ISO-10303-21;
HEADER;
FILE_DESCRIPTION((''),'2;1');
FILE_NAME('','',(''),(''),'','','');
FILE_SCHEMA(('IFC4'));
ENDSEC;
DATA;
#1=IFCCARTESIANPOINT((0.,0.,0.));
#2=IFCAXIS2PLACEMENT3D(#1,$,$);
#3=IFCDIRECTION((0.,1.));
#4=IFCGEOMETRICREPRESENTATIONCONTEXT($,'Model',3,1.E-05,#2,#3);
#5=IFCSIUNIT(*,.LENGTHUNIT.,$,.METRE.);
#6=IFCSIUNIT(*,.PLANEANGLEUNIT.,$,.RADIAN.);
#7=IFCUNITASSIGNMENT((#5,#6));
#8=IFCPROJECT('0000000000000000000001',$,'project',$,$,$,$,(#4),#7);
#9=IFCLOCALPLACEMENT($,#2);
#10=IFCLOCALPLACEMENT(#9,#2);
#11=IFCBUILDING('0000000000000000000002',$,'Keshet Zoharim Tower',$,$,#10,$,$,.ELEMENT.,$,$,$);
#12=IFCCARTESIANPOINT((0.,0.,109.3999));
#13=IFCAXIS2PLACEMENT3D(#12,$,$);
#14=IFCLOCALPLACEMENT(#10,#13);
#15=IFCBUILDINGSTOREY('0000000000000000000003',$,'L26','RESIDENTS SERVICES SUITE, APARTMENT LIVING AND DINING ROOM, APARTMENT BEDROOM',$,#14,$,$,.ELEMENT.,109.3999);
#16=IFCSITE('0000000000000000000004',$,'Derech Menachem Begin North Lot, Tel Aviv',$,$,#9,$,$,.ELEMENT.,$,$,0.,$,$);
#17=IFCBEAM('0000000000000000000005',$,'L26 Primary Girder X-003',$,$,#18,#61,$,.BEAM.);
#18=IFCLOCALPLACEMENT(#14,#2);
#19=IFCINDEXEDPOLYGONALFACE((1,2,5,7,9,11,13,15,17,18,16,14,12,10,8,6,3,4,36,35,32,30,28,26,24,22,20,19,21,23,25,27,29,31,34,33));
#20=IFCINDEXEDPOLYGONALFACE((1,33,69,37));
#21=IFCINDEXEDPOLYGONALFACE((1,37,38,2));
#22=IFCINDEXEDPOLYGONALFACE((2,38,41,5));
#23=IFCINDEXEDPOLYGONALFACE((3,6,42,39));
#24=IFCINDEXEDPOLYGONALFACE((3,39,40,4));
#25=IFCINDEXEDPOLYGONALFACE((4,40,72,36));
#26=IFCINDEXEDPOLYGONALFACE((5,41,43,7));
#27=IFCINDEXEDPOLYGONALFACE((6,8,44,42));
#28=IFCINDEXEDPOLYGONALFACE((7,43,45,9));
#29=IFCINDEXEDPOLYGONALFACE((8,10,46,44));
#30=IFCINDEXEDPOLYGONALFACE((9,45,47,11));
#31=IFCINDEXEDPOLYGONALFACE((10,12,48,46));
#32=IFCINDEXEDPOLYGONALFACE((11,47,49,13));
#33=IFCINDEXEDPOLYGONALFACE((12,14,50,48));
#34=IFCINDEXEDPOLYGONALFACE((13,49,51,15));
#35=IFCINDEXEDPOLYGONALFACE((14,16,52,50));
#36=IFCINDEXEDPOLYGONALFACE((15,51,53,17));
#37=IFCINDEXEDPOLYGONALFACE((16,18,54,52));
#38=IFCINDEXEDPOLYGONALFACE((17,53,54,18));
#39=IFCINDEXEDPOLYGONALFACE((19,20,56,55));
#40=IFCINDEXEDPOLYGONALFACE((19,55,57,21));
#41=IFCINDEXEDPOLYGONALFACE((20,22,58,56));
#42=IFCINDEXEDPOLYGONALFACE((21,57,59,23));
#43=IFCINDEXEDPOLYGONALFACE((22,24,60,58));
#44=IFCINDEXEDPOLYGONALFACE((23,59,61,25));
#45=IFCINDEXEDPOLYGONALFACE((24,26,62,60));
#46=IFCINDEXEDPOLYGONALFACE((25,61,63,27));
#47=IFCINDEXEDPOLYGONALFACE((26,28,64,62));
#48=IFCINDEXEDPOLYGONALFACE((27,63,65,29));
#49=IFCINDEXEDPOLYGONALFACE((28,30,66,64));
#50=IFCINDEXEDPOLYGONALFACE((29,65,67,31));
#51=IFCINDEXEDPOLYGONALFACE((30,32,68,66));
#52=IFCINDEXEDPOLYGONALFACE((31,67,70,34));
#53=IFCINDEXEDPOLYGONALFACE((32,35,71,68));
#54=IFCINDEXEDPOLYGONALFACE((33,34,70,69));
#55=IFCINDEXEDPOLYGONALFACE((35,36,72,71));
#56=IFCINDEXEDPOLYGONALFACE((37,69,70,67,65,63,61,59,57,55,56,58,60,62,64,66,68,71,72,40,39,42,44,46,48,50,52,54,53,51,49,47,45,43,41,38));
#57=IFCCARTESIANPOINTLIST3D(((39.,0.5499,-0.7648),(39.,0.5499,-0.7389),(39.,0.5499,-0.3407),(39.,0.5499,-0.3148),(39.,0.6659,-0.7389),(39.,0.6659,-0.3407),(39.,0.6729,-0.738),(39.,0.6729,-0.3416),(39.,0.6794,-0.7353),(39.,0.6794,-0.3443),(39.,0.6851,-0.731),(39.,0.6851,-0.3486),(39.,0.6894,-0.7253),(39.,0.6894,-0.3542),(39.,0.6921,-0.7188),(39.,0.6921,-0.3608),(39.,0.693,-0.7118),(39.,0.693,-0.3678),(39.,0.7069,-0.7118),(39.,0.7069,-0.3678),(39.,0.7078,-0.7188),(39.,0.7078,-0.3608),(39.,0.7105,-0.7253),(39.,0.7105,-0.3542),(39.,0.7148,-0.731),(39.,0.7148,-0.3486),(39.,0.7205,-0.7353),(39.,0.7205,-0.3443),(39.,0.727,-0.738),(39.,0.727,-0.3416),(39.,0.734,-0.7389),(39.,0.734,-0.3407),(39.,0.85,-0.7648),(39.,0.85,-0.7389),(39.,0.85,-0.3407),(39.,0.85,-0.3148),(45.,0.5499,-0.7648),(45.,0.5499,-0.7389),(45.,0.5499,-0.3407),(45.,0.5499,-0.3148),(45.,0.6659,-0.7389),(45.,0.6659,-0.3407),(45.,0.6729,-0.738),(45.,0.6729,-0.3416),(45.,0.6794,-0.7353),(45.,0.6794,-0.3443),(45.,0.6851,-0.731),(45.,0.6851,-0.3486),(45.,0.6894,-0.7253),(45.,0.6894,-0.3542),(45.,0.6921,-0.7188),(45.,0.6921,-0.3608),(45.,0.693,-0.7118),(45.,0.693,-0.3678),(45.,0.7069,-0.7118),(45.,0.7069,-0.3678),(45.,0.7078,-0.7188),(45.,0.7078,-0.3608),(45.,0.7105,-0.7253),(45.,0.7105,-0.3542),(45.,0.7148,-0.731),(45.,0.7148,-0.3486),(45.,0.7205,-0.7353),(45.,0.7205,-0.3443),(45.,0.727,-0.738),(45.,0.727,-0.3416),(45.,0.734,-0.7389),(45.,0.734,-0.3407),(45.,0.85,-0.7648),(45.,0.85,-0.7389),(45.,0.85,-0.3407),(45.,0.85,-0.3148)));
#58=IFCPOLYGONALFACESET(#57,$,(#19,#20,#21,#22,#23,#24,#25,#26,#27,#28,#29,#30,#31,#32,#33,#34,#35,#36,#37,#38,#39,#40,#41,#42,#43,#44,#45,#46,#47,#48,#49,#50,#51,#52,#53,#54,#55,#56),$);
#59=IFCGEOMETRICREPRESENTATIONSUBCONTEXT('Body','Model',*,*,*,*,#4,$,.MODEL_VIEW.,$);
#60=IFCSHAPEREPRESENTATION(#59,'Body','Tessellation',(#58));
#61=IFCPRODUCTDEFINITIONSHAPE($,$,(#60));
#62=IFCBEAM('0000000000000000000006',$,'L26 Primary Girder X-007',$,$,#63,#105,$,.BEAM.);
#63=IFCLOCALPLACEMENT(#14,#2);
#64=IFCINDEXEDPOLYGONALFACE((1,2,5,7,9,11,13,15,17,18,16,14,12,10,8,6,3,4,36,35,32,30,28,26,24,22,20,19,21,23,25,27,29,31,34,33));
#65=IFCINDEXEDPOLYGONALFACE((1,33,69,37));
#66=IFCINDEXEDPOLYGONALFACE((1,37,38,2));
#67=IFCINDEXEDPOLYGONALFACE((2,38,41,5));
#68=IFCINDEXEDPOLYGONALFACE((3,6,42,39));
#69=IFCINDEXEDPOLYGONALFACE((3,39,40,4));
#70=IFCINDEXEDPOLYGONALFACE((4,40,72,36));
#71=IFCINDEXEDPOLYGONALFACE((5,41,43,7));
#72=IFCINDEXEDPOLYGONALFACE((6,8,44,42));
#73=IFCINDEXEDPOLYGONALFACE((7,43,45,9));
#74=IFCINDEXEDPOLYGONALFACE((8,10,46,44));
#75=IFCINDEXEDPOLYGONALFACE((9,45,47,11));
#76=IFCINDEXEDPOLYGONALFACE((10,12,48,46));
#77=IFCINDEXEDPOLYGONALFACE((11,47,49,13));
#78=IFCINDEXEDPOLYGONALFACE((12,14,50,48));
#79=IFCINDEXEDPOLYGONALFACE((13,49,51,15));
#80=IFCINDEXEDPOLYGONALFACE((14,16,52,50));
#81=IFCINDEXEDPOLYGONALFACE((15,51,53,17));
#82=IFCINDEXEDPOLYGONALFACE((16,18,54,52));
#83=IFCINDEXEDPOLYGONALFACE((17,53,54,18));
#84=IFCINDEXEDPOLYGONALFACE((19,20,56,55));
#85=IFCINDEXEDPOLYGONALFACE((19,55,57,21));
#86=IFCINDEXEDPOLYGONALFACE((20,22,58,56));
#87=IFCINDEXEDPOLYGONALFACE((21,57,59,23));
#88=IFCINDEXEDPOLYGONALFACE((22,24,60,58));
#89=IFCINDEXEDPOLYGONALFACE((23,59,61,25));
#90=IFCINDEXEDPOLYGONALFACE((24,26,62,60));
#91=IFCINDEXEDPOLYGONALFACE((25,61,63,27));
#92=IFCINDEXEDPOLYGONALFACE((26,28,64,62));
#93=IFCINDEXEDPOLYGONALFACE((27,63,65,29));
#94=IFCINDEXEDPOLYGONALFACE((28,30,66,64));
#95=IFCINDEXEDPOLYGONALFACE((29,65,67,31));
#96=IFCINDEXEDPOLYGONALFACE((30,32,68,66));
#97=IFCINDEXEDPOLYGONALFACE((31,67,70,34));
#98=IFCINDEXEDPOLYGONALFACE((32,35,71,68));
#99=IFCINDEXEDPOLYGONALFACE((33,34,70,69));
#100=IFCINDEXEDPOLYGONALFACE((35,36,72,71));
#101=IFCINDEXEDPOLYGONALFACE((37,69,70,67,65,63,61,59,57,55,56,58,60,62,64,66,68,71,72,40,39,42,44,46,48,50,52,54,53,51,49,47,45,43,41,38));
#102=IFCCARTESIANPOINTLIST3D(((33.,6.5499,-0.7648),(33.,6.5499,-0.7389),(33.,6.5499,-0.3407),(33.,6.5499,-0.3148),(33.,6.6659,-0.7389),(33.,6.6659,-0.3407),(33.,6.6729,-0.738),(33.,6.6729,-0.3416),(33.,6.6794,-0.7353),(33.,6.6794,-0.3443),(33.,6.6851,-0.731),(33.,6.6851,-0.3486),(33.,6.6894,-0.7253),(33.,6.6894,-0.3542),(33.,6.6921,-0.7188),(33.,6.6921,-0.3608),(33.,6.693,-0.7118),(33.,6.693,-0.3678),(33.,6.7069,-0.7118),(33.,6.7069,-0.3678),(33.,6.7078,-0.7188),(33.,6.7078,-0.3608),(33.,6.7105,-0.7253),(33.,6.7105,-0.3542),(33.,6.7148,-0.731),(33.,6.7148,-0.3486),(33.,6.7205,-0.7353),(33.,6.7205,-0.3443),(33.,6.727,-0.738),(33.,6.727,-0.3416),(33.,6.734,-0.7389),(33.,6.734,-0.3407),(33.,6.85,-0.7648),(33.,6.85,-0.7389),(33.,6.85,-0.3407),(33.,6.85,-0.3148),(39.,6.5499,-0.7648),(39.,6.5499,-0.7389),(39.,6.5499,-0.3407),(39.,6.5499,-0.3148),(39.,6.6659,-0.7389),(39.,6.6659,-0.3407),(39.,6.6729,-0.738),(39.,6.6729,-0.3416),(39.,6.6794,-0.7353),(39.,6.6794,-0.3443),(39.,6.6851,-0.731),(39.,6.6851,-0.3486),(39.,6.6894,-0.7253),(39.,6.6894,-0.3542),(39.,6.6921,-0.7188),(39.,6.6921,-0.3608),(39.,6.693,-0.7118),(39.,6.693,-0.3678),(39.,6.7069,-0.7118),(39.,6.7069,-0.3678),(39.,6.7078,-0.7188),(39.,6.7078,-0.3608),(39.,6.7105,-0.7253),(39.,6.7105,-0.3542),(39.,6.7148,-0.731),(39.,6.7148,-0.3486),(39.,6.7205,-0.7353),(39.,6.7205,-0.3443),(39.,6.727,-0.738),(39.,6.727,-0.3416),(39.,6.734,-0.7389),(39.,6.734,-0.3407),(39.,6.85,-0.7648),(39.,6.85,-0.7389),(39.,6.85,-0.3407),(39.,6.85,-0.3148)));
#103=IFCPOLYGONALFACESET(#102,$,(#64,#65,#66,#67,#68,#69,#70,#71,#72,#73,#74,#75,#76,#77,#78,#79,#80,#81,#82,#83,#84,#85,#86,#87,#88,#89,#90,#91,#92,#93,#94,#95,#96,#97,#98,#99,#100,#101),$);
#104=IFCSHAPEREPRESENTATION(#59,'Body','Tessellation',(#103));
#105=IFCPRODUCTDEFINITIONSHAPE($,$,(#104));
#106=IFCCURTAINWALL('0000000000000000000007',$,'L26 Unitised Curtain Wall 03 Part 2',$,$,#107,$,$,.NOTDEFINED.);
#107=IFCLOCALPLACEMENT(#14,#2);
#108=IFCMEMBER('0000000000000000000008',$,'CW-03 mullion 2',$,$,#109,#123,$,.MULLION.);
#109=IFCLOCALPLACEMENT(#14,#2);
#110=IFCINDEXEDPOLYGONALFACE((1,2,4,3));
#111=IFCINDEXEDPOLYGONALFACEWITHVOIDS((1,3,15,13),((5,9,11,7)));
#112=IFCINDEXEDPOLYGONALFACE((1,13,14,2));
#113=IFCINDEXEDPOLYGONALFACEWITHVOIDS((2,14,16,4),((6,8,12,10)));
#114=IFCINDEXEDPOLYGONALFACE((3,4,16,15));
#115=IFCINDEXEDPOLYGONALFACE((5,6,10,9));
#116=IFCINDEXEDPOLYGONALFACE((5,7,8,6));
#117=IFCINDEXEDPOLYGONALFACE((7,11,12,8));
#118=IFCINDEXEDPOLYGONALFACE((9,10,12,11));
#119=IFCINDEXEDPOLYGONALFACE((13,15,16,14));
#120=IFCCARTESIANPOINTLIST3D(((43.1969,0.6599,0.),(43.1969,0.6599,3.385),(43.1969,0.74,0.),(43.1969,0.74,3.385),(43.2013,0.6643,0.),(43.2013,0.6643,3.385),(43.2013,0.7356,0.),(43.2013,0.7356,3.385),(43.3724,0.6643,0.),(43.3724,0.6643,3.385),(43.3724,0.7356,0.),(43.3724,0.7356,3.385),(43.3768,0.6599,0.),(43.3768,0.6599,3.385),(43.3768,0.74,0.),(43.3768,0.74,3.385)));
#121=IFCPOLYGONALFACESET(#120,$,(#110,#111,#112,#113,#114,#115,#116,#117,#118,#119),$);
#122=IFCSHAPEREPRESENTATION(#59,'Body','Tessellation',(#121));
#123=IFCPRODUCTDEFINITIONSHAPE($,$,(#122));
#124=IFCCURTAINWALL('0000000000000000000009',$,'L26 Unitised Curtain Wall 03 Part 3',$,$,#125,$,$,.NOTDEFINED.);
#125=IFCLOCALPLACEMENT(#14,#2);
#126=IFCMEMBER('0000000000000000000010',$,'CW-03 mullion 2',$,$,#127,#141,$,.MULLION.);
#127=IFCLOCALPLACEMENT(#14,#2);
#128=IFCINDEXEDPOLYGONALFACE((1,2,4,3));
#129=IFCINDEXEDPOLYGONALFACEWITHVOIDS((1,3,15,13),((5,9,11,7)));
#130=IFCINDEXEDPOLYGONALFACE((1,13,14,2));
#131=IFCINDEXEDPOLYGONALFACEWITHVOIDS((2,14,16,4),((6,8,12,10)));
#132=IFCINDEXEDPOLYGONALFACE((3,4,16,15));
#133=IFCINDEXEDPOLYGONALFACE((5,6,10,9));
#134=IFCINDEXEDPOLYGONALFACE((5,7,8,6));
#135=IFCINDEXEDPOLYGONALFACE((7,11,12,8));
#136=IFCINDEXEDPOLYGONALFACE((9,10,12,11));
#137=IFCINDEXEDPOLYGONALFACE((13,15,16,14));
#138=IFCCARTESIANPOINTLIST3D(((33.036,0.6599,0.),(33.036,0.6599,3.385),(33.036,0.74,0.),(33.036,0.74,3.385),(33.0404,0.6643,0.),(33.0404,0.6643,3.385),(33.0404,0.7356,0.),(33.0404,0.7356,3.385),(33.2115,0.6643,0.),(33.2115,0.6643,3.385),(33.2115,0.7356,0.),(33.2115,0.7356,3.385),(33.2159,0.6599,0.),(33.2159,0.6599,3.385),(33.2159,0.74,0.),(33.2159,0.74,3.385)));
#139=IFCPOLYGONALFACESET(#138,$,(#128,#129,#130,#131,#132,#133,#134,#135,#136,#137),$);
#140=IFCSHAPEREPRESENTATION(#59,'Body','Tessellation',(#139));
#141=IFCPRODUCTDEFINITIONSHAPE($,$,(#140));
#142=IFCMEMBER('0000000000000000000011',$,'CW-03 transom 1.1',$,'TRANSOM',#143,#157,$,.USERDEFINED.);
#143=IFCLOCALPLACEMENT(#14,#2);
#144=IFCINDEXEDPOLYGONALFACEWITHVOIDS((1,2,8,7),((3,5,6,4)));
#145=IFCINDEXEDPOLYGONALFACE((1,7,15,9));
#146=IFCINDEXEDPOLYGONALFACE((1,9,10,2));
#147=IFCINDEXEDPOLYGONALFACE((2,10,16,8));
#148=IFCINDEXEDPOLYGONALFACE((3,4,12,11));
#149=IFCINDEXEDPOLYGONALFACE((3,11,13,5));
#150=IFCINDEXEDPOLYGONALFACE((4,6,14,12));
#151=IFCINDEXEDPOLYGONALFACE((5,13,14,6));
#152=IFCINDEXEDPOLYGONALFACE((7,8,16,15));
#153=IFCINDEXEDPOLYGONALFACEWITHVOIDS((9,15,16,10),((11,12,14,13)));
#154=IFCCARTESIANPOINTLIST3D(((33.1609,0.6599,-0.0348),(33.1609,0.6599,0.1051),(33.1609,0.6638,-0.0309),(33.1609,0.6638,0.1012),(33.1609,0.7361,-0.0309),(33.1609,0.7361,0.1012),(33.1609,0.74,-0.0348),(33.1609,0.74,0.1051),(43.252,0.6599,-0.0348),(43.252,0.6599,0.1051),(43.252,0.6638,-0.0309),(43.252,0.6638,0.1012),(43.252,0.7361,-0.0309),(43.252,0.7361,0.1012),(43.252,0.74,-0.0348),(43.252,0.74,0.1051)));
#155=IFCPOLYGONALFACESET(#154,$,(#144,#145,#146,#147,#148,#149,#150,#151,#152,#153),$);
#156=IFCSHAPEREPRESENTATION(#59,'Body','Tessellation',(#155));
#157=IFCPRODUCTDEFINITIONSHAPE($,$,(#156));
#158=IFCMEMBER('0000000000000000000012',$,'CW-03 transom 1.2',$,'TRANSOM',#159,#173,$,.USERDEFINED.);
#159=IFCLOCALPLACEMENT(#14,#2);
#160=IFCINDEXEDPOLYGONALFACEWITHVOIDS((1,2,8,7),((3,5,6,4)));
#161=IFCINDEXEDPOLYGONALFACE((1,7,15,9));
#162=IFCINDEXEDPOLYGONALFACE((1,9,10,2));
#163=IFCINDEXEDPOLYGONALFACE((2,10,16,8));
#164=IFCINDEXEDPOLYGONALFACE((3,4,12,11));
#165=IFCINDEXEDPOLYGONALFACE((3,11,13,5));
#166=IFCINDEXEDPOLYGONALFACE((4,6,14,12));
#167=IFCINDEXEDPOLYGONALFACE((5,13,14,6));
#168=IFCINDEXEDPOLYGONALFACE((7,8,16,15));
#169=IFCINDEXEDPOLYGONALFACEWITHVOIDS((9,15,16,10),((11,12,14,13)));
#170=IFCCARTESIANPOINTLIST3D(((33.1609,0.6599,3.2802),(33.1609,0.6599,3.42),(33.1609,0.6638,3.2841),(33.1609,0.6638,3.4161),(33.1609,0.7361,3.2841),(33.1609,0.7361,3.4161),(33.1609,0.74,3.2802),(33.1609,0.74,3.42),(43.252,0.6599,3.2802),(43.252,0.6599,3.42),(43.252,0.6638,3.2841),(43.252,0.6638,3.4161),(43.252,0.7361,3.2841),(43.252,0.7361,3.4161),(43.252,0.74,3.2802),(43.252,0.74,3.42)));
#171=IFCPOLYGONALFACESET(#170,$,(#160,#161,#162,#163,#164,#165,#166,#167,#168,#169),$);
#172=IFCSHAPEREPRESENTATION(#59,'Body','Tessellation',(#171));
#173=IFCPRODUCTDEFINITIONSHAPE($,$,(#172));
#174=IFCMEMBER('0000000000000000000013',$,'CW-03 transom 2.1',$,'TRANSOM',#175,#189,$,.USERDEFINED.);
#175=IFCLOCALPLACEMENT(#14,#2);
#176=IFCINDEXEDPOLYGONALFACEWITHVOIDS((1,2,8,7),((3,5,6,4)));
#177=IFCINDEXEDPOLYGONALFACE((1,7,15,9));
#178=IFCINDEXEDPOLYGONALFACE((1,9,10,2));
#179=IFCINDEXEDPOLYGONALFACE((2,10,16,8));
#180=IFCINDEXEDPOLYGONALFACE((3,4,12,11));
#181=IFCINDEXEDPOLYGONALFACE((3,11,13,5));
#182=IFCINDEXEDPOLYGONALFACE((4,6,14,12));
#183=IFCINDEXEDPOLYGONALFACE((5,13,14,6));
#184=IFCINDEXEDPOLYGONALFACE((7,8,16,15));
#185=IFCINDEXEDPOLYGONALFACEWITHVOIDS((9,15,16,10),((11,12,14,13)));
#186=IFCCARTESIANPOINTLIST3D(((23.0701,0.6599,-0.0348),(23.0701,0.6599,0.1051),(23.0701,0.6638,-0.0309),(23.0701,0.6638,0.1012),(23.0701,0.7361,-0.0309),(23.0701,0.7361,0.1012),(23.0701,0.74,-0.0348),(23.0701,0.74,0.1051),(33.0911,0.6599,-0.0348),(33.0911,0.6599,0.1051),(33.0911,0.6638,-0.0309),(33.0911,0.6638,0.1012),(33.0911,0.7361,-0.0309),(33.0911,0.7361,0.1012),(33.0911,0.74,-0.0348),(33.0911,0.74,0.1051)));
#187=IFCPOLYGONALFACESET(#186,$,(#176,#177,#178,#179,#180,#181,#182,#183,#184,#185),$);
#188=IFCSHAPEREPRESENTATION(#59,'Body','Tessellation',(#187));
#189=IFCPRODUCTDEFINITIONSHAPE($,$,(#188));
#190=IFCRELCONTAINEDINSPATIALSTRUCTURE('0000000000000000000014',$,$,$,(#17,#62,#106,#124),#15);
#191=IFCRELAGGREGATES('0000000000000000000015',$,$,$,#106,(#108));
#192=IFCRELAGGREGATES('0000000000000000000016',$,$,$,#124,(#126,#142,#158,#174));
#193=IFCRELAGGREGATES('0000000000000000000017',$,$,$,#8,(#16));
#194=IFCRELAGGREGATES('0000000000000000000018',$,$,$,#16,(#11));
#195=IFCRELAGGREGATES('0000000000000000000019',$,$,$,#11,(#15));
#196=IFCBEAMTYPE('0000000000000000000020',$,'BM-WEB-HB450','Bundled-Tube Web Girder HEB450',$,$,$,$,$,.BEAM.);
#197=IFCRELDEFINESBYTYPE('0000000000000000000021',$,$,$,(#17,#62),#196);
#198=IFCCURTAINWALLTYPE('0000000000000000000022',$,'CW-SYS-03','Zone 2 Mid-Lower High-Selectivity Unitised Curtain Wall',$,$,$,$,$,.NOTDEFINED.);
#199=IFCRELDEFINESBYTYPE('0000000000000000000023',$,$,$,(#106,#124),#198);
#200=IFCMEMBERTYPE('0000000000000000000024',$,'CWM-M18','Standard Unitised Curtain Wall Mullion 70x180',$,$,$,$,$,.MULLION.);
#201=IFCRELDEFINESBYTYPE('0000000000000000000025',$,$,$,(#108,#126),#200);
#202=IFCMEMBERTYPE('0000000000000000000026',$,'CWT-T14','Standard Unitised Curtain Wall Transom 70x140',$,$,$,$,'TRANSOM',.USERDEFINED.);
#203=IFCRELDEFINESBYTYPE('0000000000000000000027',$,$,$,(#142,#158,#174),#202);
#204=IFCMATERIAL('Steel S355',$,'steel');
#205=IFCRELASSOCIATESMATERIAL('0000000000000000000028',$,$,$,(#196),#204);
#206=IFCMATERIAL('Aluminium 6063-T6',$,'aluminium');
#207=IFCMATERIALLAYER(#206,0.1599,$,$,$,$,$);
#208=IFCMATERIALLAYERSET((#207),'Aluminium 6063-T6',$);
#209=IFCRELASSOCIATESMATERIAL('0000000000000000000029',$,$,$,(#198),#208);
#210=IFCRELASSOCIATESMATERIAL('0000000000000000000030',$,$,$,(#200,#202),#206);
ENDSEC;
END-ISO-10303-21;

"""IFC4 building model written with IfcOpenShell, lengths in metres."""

from ifc_helpers import new_model, si_unit, direction, frame, origin, origin_2d, place, context, subcontext, project, spatial, hollow_rectangle, i_section, extrude, material, layer, layer_set, material_profile, profile_set, type_object, element, aggregate, save


model = new_model("IFC4")

# Units and contexts
model_context = context("Model", 3, precision=1e-05, world=origin(), true_north=direction((0.0, 1.0)))
body_context = subcontext(model_context, "Body", "Model", "MODEL_VIEW")
ifc_project = project(units=[si_unit("LENGTHUNIT", "METRE"), si_unit("PLANEANGLEUNIT", "RADIAN")], contexts=[model_context])

# Site, building, storey
site_placement = place(None, origin())
site = spatial("IfcSite", under=ifc_project, at=site_placement, Name="Derech Menachem Begin North Lot, Tel Aviv", CompositionType="ELEMENT", RefElevation=0.0)
building_placement = place(site_placement, origin())
building = spatial("IfcBuilding", under=site, at=building_placement, Name="Keshet Zoharim Tower", CompositionType="ELEMENT")
storey_placement = place(building_placement, frame((0.0, 0.0, 109.3999)))
storey = spatial("IfcBuildingStorey", under=building, at=storey_placement, Name="L26", Description="RESIDENTS SERVICES SUITE, APARTMENT LIVING AND DINING ROOM, APARTMENT BEDROOM", CompositionType="ELEMENT", Elevation=109.3999)

# Shared definitions
ifc_material_1 = material(Name="Steel S355", Category="steel")

# Beams
ifc_material_profile_1 = material_profile(ifc_material_1, i_section(OverallWidth=0.3, OverallDepth=0.45, WebThickness=0.0139, FlangeThickness=0.0259, FilletRadius=0.0271, at=origin_2d()), Name="HEB450")
ifc_profile_set_1 = profile_set([ifc_material_profile_1], Name="Steel S355")
beam_type_1 = type_object("IfcBeamType", Name="BM-WEB-HB450", Description="Bundled-Tube Web Girder HEB450", PredefinedType="BEAM", material=ifc_profile_set_1)
for number, where, z_axis, x_axis, name in (
    (1, (39.0, 0.7, -0.5398), (1.0, 0.0, 0.0), (0.0, 1.0, 0.0), "L26 Primary Girder X-003"),
    (2, (33.0, 6.7, -0.5398), (1.0, 0.0, 0.0), (0.0, 1.0, 0.0), "L26 Primary Girder X-007"),
):
    element("IfcBeam", number, at=place(storey_placement, frame(where, z_axis=z_axis, x_axis=x_axis)), inside=storey, type_object=beam_type_1, Name=name, PredefinedType="BEAM", context=body_context, shape_type="SweptSolid", body=[
        extrude(i_section(OverallWidth=0.3, OverallDepth=0.45, WebThickness=0.0139, FlangeThickness=0.0259, FilletRadius=0.0271, at=origin_2d()), origin(), (0.0, 0.0, 1.0), 6.0),
    ])

# Curtain wall, member
ifc_material_2 = material(Name="Aluminium 6063-T6", Category="aluminium")
ifc_layer_1 = layer(ifc_material_2, 0.1599)
ifc_layer_set_1 = layer_set([ifc_layer_1], Name="Aluminium 6063-T6")
curtain_wall_type = type_object("IfcCurtainWallType", Name="CW-SYS-03", Description="Zone 2 Mid-Lower High-Selectivity Unitised Curtain Wall", PredefinedType="NOTDEFINED", material=ifc_layer_set_1)
curtain_wall_1_placement = place(storey_placement, origin())
curtain_wall_1 = element("IfcCurtainWall", 3, at=curtain_wall_1_placement, inside=storey, type_object=curtain_wall_type, Name="L26 Unitised Curtain Wall 03 Part 2", PredefinedType="NOTDEFINED")
ifc_material_profile_2 = material_profile(ifc_material_2, hollow_rectangle(XDim=0.0801, YDim=0.1799, WallThickness=0.0044, at=origin_2d()), Name="MUL-80x180")
ifc_profile_set_2 = profile_set([ifc_material_profile_2], Name="Aluminium 6063-T6")
member_type_1 = type_object("IfcMemberType", Name="CWM-M18", Description="Standard Unitised Curtain Wall Mullion 70x180", PredefinedType="MULLION", material=ifc_profile_set_2)
member_1_placement = place(storey_placement, frame((43.2869, 0.7, 0.0), z_axis=(0.0, 0.0, 1.0), x_axis=(0.0, -1.0, 0.0)))
member_1 = element("IfcMember", 4, at=member_1_placement, type_object=member_type_1, Name="CW-03 mullion 2", PredefinedType="MULLION", context=body_context, shape_type="SweptSolid", body=[
    extrude(hollow_rectangle(XDim=0.0801, YDim=0.1799, WallThickness=0.0044, at=origin_2d()), origin(), (0.0, 0.0, 1.0), 3.385),
])
aggregate(curtain_wall_1, [member_1])

# Curtain wall, members
curtain_wall_2_placement = place(storey_placement, origin())
curtain_wall_2 = element("IfcCurtainWall", 5, at=curtain_wall_2_placement, inside=storey, type_object=curtain_wall_type, Name="L26 Unitised Curtain Wall 03 Part 3", PredefinedType="NOTDEFINED")
member_2_placement = place(storey_placement, frame((33.126, 0.7, 0.0), z_axis=(0.0, 0.0, 1.0), x_axis=(0.0, -1.0, 0.0)))
member_2 = element("IfcMember", 6, at=member_2_placement, type_object=member_type_1, Name="CW-03 mullion 2", PredefinedType="MULLION", context=body_context, shape_type="SweptSolid", body=[
    extrude(hollow_rectangle(XDim=0.0801, YDim=0.1799, WallThickness=0.0044, at=origin_2d()), origin(), (0.0, 0.0, 1.0), 3.385),
])
ifc_material_profile_3 = material_profile(ifc_material_2, hollow_rectangle(XDim=0.0801, YDim=0.1399, WallThickness=0.0039, at=origin_2d()), Name="TRN-80x140")
ifc_profile_set_3 = profile_set([ifc_material_profile_3], Name="Aluminium 6063-T6")
member_type_2 = type_object("IfcMemberType", Name="CWT-T14", Description="Standard Unitised Curtain Wall Transom 70x140", ElementType="TRANSOM", PredefinedType="USERDEFINED", material=ifc_profile_set_3)
member_3_placement = place(storey_placement, frame((43.252, 0.7, 0.0352), z_axis=(-1.0, 0.0, 0.0), x_axis=(0.0, -1.0, 0.0)))
member_3 = element("IfcMember", 7, at=member_3_placement, type_object=member_type_2, Name="CW-03 transom 1.1", ObjectType="TRANSOM", PredefinedType="USERDEFINED", context=body_context, shape_type="SweptSolid", body=[
    extrude(hollow_rectangle(XDim=0.0801, YDim=0.1399, WallThickness=0.0039, at=origin_2d()), origin(), (0.0, 0.0, 1.0), 10.0911),
])
member_4_placement = place(storey_placement, frame((43.252, 0.7, 3.3501), z_axis=(-1.0, 0.0, 0.0), x_axis=(0.0, -1.0, 0.0)))
member_4 = element("IfcMember", 8, at=member_4_placement, type_object=member_type_2, Name="CW-03 transom 1.2", ObjectType="TRANSOM", PredefinedType="USERDEFINED", context=body_context, shape_type="SweptSolid", body=[
    extrude(hollow_rectangle(XDim=0.0801, YDim=0.1399, WallThickness=0.0039, at=origin_2d()), origin(), (0.0, 0.0, 1.0), 10.0911),
])
member_5_placement = place(storey_placement, frame((33.0911, 0.7, 0.0352), z_axis=(-1.0, 0.0, 0.0), x_axis=(0.0, -1.0, 0.0)))
member_5 = element("IfcMember", 9, at=member_5_placement, type_object=member_type_2, Name="CW-03 transom 2.1", ObjectType="TRANSOM", PredefinedType="USERDEFINED", context=body_context, shape_type="SweptSolid", body=[
    extrude(hollow_rectangle(XDim=0.0801, YDim=0.1399, WallThickness=0.0039, at=origin_2d()), origin(), (0.0, 0.0, 1.0), 10.021),
])
aggregate(curtain_wall_2, [member_2, member_3, member_4, member_5])

save(model, "model.ifc")
